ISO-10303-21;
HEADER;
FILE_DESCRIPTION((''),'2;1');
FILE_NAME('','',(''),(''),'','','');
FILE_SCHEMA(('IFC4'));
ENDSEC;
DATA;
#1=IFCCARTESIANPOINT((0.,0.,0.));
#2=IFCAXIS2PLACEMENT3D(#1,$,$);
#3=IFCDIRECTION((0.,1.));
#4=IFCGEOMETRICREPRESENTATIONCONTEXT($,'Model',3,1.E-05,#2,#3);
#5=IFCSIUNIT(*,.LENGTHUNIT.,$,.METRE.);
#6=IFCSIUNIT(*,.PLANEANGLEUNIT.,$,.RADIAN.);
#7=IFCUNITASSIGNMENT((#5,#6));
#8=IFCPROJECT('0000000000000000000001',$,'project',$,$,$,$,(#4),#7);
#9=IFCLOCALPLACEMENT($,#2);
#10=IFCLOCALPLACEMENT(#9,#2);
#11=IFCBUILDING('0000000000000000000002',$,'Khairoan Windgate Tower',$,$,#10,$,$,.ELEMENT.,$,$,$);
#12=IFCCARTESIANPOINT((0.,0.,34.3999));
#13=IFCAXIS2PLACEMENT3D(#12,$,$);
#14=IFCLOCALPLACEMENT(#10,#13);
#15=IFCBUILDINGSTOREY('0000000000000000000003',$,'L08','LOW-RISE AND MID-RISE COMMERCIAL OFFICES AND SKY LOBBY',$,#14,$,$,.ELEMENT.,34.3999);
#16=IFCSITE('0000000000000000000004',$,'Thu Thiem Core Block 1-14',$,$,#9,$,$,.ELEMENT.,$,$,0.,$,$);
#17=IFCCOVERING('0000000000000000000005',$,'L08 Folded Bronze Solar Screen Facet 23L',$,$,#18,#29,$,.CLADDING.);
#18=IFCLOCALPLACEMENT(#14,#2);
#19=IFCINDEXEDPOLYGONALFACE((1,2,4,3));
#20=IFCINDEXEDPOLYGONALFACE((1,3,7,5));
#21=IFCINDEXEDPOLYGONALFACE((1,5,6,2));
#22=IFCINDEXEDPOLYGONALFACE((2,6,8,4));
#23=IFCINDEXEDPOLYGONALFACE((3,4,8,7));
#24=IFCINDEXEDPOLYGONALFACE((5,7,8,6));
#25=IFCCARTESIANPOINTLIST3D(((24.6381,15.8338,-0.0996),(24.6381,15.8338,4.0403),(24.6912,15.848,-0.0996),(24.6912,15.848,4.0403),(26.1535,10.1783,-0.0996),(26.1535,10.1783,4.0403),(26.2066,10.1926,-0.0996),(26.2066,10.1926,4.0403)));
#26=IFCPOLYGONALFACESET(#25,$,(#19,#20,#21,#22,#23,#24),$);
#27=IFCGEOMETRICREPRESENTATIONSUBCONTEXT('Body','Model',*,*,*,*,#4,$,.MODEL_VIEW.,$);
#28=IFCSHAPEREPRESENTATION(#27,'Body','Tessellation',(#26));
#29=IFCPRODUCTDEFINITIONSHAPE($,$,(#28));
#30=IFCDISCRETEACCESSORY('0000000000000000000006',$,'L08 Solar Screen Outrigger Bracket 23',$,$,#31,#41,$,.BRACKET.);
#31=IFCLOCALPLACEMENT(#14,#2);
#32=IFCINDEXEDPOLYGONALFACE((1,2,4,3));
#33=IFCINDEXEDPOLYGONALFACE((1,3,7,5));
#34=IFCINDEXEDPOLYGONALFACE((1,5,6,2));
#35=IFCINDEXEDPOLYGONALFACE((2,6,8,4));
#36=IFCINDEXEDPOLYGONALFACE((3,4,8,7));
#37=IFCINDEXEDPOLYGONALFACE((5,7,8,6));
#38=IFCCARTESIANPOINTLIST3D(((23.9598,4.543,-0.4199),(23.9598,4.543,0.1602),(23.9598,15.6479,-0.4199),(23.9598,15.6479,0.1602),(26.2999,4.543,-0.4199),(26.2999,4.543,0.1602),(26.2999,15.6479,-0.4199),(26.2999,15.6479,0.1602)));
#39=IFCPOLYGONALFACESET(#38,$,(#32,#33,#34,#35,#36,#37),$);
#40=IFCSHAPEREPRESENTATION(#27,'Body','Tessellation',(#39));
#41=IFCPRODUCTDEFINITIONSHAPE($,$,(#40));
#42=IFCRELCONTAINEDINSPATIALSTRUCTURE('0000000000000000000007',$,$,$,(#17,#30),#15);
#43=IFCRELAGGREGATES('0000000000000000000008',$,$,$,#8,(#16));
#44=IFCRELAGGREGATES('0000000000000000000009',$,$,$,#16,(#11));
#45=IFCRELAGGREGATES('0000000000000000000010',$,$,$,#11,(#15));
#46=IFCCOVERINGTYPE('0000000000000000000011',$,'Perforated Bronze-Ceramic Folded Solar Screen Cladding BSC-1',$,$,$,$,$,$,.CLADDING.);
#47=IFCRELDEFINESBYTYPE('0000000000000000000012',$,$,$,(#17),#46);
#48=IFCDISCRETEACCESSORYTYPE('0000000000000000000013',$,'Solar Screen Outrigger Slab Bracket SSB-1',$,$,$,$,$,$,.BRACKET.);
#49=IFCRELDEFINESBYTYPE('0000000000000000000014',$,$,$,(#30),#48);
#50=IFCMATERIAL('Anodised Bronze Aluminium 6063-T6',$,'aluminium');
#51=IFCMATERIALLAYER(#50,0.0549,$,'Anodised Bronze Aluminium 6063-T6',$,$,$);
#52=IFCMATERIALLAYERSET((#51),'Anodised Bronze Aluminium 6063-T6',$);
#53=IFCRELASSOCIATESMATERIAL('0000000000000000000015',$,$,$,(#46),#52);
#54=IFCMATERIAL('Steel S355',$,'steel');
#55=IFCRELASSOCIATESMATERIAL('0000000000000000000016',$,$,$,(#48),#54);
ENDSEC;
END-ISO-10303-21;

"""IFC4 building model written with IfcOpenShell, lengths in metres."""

from ifc_helpers import new_model, si_unit, direction, frame, origin, origin_2d, place, context, subcontext, project, spatial, rectangle, extrude, material, layer, layer_set, type_object, element, save


model = new_model("IFC4")

# Units and contexts
model_context = context("Model", 3, precision=1e-05, world=origin(), true_north=direction((0.0, 1.0)))
body_context = subcontext(model_context, "Body", "Model", "MODEL_VIEW")
ifc_project = project(units=[si_unit("LENGTHUNIT", "METRE"), si_unit("PLANEANGLEUNIT", "RADIAN")], contexts=[model_context])

# Site, building, storey
site_placement = place(None, origin())
site = spatial("IfcSite", under=ifc_project, at=site_placement, Name="Thu Thiem Core Block 1-14", CompositionType="ELEMENT", RefElevation=0.0)
building_placement = place(site_placement, origin())
building = spatial("IfcBuilding", under=site, at=building_placement, Name="Khairoan Windgate Tower", CompositionType="ELEMENT")
storey_placement = place(building_placement, frame((0.0, 0.0, 34.3999)))
storey = spatial("IfcBuildingStorey", under=building, at=storey_placement, Name="L08", Description="LOW-RISE AND MID-RISE COMMERCIAL OFFICES AND SKY LOBBY", CompositionType="ELEMENT", Elevation=34.3999)

# Covering
ifc_material_1 = material(Name="Anodised Bronze Aluminium 6063-T6", Category="aluminium")
ifc_layer_1 = layer(ifc_material_1, 0.0549, Name="Anodised Bronze Aluminium 6063-T6")
ifc_layer_set_1 = layer_set([ifc_layer_1], Name="Anodised Bronze Aluminium 6063-T6")
covering_type = type_object("IfcCoveringType", Name="Perforated Bronze-Ceramic Folded Solar Screen Cladding BSC-1", PredefinedType="CLADDING", material=ifc_layer_set_1)
covering_placement = place(storey_placement, frame((25.4224, 13.0132, -0.0996), z_axis=(0.0, 0.0, 1.0), x_axis=(0.258819, -0.965926, 0.0)))
element("IfcCovering", 1, at=covering_placement, inside=storey, type_object=covering_type, Name="L08 Folded Bronze Solar Screen Facet 23L", PredefinedType="CLADDING", context=body_context, shape_type="SweptSolid", body=[
    extrude(rectangle(XDim=5.855, YDim=0.0549, at=origin_2d()), origin(), (0.0, 0.0, 1.0), 4.1399),
])

# Discrete accessory
ifc_material_2 = material(Name="Steel S355", Category="steel")
discrete_accessory_type = type_object("IfcDiscreteAccessoryType", Name="Solar Screen Outrigger Slab Bracket SSB-1", PredefinedType="BRACKET", material=ifc_material_2)
discrete_accessory_placement = place(storey_placement, frame((25.1299, 10.0955, -0.4199), z_axis=(0.0, 0.0, 1.0), x_axis=(0.0, -1.0, 0.0)))
element("IfcDiscreteAccessory", 2, at=discrete_accessory_placement, inside=storey, type_object=discrete_accessory_type, Name="L08 Solar Screen Outrigger Bracket 23", PredefinedType="BRACKET", context=body_context, shape_type="SweptSolid", body=[
    extrude(rectangle(XDim=11.105, YDim=2.3401, at=origin_2d()), origin(), (0.0, 0.0, 1.0), 0.5801),
])

save(model, "model.ifc")
